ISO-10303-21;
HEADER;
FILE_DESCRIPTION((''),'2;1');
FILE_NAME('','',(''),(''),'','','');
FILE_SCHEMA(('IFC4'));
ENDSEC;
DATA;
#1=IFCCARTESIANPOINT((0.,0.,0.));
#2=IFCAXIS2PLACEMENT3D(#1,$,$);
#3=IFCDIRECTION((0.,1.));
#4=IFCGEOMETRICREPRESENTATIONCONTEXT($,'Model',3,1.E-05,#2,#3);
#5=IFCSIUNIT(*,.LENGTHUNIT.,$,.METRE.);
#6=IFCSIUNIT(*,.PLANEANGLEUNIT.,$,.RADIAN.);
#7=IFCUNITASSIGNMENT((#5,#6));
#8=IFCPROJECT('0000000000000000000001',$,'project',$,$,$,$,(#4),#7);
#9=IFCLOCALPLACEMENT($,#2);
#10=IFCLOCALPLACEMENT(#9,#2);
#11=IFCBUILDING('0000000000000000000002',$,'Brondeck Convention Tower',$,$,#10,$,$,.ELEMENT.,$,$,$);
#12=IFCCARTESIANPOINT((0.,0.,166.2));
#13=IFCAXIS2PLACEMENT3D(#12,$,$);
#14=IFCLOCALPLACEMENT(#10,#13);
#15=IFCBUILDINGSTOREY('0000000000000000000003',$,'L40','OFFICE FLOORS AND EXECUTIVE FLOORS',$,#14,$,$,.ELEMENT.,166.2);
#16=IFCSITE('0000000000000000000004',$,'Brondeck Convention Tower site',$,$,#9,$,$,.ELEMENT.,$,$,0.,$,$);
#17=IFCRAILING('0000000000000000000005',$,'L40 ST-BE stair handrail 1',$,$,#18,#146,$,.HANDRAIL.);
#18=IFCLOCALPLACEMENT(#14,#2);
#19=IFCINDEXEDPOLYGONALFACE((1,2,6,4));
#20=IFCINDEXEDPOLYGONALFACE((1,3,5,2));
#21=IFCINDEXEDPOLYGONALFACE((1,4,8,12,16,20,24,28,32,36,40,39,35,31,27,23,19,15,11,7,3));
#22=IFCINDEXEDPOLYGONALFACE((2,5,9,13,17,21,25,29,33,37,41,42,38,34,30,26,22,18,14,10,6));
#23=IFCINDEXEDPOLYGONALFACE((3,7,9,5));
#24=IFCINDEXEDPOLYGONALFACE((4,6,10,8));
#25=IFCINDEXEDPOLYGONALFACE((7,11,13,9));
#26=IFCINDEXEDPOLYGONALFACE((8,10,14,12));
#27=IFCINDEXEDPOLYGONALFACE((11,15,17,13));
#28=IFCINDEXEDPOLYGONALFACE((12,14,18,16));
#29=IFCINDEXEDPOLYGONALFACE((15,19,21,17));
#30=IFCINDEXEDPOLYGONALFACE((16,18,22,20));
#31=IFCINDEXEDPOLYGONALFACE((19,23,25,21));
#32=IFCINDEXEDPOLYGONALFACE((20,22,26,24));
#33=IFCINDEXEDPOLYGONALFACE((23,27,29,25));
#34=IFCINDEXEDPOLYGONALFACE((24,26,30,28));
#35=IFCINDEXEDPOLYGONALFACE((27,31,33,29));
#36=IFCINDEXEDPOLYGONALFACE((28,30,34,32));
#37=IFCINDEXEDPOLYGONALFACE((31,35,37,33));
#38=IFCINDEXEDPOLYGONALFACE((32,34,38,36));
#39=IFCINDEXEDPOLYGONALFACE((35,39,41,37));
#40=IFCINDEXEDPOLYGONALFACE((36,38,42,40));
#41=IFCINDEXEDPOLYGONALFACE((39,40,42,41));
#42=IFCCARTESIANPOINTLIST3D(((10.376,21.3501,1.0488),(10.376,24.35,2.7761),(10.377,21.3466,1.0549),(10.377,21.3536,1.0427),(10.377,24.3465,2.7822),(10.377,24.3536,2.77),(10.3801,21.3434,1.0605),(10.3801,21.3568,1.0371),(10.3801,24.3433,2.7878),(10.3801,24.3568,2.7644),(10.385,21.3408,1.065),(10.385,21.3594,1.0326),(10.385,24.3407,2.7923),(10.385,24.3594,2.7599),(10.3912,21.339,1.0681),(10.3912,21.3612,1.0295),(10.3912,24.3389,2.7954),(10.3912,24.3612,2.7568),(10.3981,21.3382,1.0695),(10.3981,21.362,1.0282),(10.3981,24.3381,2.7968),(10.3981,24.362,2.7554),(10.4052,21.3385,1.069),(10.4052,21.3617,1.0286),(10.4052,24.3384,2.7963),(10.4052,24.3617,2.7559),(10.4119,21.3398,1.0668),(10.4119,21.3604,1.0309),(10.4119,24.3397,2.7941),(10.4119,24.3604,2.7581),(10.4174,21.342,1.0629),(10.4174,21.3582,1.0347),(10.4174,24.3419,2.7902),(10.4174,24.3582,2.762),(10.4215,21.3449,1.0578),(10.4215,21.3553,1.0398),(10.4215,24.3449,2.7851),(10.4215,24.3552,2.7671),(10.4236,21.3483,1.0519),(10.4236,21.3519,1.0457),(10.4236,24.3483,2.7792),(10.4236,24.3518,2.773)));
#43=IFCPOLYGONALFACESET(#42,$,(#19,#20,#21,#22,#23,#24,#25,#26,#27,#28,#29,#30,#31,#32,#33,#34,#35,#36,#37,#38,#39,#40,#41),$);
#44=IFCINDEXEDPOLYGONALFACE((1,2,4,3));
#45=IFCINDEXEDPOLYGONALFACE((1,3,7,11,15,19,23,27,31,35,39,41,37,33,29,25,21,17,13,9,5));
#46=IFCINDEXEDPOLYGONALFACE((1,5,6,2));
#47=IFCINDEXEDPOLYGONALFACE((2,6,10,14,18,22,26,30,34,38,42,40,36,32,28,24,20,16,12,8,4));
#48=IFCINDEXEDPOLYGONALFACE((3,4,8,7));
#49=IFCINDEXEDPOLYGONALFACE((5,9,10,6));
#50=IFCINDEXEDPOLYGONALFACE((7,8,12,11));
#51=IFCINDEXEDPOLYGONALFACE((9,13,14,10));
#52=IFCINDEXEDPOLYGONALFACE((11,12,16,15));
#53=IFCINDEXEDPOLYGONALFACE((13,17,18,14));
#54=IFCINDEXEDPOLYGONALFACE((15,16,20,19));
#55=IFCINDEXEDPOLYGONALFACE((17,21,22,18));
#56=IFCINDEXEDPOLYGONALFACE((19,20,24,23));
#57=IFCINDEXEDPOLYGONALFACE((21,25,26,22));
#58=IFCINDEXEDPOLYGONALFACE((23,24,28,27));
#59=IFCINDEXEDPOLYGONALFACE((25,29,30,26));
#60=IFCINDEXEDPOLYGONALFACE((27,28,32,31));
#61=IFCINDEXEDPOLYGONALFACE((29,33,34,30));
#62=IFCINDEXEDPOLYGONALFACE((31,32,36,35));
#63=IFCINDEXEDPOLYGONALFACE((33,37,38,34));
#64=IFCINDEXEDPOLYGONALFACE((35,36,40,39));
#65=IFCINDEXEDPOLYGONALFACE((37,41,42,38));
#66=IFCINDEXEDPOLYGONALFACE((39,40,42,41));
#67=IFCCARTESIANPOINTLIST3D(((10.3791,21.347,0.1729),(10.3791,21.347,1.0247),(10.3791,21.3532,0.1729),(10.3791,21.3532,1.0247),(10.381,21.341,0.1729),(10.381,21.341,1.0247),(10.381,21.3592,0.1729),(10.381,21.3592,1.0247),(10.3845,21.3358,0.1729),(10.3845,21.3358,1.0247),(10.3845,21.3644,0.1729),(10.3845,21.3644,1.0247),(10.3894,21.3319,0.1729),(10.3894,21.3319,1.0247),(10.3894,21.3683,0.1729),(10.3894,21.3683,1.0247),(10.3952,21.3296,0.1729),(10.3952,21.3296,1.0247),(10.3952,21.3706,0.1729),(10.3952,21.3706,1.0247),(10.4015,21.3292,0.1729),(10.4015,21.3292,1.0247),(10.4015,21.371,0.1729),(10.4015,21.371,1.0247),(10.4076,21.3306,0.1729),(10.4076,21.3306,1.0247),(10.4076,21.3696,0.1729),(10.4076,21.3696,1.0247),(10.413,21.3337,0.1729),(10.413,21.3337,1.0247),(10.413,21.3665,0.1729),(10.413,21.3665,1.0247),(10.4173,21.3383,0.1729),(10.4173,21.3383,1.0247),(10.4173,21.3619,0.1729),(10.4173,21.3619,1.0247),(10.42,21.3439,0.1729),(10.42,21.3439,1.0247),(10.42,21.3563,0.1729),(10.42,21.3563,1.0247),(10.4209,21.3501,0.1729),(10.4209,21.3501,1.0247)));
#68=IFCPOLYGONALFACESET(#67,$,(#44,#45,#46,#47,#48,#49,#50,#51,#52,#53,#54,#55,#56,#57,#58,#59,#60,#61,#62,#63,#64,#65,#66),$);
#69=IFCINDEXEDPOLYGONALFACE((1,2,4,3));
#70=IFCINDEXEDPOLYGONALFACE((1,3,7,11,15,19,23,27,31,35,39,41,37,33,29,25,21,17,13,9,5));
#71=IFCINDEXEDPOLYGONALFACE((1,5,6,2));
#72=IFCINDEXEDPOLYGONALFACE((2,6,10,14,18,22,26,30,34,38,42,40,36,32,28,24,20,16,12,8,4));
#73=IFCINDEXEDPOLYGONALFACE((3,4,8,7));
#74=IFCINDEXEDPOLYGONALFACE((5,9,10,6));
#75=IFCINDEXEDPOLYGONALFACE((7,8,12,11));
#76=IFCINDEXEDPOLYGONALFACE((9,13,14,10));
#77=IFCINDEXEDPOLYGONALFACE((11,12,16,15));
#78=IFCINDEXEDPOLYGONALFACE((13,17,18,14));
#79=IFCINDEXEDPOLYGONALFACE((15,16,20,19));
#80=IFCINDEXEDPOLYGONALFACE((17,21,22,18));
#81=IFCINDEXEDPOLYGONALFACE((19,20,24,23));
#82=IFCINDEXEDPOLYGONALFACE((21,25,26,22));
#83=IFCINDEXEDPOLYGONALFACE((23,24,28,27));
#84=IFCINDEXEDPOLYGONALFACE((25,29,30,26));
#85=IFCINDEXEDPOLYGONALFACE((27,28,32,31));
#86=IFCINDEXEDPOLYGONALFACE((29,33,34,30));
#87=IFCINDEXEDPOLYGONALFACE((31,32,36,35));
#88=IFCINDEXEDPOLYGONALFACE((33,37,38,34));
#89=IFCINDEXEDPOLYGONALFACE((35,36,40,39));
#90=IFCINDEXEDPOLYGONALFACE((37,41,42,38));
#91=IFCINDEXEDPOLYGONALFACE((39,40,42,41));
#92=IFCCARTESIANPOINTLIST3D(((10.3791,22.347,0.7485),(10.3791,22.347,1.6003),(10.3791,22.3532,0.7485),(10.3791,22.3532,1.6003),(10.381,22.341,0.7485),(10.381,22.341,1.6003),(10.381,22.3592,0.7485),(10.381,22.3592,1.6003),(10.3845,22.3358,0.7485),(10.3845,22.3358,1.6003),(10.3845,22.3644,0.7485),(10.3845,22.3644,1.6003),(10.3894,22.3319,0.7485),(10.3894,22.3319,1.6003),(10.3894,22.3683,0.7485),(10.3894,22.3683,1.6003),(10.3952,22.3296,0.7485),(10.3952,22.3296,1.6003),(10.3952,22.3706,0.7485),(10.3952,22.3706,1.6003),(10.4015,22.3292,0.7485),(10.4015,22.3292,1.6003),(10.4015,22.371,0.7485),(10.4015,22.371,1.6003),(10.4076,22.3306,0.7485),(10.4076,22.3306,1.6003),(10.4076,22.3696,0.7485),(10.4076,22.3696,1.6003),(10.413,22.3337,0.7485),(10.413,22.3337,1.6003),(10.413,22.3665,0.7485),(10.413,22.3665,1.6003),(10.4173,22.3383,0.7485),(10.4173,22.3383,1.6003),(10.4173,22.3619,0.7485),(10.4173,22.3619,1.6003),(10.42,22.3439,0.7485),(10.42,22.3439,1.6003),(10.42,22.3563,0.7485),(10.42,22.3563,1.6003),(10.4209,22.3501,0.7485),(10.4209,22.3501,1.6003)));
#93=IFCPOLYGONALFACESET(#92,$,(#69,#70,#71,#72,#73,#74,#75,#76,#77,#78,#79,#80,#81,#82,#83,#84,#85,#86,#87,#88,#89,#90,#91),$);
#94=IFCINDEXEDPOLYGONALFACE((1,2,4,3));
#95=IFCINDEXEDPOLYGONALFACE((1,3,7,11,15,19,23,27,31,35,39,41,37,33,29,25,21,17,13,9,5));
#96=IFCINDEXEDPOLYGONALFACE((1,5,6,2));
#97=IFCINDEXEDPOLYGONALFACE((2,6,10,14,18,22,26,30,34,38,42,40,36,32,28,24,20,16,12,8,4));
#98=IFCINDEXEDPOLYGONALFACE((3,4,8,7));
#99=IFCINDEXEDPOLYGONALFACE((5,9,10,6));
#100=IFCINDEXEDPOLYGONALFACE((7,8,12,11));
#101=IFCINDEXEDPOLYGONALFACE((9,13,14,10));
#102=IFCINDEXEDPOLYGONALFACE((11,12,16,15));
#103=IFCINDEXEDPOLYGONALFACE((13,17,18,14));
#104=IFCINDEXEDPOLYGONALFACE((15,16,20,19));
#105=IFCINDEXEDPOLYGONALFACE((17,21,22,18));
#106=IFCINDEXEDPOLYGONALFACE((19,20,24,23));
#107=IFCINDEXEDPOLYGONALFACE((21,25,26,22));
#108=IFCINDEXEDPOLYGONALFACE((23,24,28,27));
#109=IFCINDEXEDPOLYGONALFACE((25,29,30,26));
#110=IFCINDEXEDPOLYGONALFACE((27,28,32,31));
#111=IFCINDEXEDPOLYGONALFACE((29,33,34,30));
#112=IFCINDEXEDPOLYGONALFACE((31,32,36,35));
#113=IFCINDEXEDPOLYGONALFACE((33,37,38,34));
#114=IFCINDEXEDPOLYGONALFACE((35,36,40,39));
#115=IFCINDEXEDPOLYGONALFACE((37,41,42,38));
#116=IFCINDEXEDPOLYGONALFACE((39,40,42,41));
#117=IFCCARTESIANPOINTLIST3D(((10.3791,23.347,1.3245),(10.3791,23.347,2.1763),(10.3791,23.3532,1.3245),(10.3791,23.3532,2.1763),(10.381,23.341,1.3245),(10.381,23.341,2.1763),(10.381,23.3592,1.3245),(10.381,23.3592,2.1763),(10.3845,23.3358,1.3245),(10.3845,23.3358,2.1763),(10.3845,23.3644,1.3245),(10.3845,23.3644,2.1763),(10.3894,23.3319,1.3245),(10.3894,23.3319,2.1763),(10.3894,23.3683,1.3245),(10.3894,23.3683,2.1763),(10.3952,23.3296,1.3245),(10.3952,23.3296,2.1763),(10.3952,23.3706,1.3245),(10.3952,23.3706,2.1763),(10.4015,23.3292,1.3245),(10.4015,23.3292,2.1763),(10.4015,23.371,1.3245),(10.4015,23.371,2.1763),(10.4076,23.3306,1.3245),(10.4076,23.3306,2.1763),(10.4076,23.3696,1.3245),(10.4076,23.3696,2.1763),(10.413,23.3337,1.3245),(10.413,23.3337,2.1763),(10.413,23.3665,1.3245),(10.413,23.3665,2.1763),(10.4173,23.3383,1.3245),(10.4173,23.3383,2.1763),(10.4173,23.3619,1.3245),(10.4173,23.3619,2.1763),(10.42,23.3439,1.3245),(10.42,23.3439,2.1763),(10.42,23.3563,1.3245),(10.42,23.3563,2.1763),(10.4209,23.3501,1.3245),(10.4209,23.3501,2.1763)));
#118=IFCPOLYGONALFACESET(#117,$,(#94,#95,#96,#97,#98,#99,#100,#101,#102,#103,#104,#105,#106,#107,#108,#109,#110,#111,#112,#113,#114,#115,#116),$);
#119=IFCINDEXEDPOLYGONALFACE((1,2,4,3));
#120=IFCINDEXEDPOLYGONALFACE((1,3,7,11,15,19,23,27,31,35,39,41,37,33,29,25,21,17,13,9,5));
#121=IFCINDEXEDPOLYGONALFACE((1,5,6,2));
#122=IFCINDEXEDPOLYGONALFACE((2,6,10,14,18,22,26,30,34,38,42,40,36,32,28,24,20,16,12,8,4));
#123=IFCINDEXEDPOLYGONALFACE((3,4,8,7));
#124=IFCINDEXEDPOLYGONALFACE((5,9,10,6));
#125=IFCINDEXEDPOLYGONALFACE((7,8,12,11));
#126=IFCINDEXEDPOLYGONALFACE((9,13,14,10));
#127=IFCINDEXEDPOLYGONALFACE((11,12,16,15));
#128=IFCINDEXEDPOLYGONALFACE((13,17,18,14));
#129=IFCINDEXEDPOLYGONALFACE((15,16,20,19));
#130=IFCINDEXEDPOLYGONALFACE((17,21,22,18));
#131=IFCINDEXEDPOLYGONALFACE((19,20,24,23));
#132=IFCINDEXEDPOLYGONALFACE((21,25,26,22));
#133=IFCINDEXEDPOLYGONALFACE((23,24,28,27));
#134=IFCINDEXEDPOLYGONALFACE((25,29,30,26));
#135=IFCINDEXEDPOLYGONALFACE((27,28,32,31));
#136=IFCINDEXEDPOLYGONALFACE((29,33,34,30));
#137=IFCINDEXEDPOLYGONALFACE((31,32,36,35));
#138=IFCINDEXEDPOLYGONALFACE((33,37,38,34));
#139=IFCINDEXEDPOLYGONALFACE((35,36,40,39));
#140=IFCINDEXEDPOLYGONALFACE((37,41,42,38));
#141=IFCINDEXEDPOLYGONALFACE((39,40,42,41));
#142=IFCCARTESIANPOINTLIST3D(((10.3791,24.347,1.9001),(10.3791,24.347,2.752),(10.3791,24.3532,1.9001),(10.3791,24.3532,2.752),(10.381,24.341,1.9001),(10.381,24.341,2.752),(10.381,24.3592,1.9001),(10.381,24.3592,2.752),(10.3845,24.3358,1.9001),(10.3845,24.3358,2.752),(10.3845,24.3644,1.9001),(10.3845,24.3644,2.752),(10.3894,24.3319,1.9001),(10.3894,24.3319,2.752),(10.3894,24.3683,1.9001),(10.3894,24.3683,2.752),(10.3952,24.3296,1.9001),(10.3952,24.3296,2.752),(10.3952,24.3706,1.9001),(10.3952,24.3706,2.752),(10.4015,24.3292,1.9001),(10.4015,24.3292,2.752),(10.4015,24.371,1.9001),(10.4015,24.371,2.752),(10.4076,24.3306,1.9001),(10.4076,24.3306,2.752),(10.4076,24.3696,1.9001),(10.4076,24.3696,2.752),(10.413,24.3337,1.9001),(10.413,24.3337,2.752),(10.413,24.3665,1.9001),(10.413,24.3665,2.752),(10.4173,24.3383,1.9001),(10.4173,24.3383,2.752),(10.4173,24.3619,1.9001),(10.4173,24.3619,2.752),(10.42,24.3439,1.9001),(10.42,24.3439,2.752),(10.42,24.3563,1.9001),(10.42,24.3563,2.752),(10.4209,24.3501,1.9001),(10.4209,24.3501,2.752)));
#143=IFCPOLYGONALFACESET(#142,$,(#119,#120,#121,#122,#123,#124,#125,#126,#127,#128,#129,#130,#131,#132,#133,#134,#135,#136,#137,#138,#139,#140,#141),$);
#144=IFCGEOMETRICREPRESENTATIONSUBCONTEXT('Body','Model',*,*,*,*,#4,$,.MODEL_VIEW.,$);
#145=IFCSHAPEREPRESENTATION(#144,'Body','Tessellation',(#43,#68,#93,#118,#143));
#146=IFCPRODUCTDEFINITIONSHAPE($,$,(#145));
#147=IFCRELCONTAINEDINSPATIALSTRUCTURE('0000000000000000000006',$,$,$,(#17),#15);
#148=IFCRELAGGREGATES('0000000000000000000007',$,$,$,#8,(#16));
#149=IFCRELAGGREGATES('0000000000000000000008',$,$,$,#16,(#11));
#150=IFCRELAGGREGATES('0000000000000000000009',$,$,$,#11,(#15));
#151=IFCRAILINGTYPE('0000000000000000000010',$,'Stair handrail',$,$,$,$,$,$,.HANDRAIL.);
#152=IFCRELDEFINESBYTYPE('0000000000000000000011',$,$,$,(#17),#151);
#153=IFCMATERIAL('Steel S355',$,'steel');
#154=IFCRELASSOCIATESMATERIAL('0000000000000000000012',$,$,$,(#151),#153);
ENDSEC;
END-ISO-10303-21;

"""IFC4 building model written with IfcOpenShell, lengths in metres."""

from ifc_helpers import new_model, si_unit, direction, frame, origin, origin_2d, place, context, subcontext, project, spatial, circle, extrude, material, type_object, element, save


model = new_model("IFC4")

# Units and contexts
model_context = context("Model", 3, precision=1e-05, world=origin(), true_north=direction((0.0, 1.0)))
body_context = subcontext(model_context, "Body", "Model", "MODEL_VIEW")
ifc_project = project(units=[si_unit("LENGTHUNIT", "METRE"), si_unit("PLANEANGLEUNIT", "RADIAN")], contexts=[model_context])

# Site, building, storey
site_placement = place(None, origin())
site = spatial("IfcSite", under=ifc_project, at=site_placement, Name="Brondeck Convention Tower site", CompositionType="ELEMENT", RefElevation=0.0)
building_placement = place(site_placement, origin())
building = spatial("IfcBuilding", under=site, at=building_placement, Name="Brondeck Convention Tower", CompositionType="ELEMENT")
storey_placement = place(building_placement, frame((0.0, 0.0, 166.2)))
storey = spatial("IfcBuildingStorey", under=building, at=storey_placement, Name="L40", Description="OFFICE FLOORS AND EXECUTIVE FLOORS", CompositionType="ELEMENT", Elevation=166.2)

# Shared definitions
ifc_material_1 = material(Name="Steel S355", Category="steel")

# Railing
railing_type = type_object("IfcRailingType", Name="Stair handrail", PredefinedType="HANDRAIL", material=ifc_material_1)
railing_placement = place(storey_placement, frame((10.3999, 21.3501, 0.1729)))
element("IfcRailing", 1, at=railing_placement, inside=storey, type_object=railing_type, Name="L40 ST-BE stair handrail 1", PredefinedType="HANDRAIL", context=body_context, shape_type="SweptSolid", body=[
    extrude(circle(Radius=0.0239, at=origin_2d()), frame((0.0, 0.0, 0.876), z_axis=(0.0, 0.86662, 0.498969), x_axis=(-1.0, 0.0, 0.0)), (0.0, 0.0, 1.0), 3.4617),
    extrude(circle(Radius=0.021, at=origin_2d()), origin(), (0.0, 0.0, 1.0), 0.8518),
    extrude(circle(Radius=0.021, at=origin_2d()), frame((0.0, 1.0, 0.5757)), (0.0, 0.0, 1.0), 0.8518),
    extrude(circle(Radius=0.021, at=origin_2d()), frame((0.0, 2.0, 1.1516)), (0.0, 0.0, 1.0), 0.8518),
    extrude(circle(Radius=0.021, at=origin_2d()), frame((0.0, 3.0, 1.7273)), (0.0, 0.0, 1.0), 0.8518),
])

save(model, "model.ifc")
